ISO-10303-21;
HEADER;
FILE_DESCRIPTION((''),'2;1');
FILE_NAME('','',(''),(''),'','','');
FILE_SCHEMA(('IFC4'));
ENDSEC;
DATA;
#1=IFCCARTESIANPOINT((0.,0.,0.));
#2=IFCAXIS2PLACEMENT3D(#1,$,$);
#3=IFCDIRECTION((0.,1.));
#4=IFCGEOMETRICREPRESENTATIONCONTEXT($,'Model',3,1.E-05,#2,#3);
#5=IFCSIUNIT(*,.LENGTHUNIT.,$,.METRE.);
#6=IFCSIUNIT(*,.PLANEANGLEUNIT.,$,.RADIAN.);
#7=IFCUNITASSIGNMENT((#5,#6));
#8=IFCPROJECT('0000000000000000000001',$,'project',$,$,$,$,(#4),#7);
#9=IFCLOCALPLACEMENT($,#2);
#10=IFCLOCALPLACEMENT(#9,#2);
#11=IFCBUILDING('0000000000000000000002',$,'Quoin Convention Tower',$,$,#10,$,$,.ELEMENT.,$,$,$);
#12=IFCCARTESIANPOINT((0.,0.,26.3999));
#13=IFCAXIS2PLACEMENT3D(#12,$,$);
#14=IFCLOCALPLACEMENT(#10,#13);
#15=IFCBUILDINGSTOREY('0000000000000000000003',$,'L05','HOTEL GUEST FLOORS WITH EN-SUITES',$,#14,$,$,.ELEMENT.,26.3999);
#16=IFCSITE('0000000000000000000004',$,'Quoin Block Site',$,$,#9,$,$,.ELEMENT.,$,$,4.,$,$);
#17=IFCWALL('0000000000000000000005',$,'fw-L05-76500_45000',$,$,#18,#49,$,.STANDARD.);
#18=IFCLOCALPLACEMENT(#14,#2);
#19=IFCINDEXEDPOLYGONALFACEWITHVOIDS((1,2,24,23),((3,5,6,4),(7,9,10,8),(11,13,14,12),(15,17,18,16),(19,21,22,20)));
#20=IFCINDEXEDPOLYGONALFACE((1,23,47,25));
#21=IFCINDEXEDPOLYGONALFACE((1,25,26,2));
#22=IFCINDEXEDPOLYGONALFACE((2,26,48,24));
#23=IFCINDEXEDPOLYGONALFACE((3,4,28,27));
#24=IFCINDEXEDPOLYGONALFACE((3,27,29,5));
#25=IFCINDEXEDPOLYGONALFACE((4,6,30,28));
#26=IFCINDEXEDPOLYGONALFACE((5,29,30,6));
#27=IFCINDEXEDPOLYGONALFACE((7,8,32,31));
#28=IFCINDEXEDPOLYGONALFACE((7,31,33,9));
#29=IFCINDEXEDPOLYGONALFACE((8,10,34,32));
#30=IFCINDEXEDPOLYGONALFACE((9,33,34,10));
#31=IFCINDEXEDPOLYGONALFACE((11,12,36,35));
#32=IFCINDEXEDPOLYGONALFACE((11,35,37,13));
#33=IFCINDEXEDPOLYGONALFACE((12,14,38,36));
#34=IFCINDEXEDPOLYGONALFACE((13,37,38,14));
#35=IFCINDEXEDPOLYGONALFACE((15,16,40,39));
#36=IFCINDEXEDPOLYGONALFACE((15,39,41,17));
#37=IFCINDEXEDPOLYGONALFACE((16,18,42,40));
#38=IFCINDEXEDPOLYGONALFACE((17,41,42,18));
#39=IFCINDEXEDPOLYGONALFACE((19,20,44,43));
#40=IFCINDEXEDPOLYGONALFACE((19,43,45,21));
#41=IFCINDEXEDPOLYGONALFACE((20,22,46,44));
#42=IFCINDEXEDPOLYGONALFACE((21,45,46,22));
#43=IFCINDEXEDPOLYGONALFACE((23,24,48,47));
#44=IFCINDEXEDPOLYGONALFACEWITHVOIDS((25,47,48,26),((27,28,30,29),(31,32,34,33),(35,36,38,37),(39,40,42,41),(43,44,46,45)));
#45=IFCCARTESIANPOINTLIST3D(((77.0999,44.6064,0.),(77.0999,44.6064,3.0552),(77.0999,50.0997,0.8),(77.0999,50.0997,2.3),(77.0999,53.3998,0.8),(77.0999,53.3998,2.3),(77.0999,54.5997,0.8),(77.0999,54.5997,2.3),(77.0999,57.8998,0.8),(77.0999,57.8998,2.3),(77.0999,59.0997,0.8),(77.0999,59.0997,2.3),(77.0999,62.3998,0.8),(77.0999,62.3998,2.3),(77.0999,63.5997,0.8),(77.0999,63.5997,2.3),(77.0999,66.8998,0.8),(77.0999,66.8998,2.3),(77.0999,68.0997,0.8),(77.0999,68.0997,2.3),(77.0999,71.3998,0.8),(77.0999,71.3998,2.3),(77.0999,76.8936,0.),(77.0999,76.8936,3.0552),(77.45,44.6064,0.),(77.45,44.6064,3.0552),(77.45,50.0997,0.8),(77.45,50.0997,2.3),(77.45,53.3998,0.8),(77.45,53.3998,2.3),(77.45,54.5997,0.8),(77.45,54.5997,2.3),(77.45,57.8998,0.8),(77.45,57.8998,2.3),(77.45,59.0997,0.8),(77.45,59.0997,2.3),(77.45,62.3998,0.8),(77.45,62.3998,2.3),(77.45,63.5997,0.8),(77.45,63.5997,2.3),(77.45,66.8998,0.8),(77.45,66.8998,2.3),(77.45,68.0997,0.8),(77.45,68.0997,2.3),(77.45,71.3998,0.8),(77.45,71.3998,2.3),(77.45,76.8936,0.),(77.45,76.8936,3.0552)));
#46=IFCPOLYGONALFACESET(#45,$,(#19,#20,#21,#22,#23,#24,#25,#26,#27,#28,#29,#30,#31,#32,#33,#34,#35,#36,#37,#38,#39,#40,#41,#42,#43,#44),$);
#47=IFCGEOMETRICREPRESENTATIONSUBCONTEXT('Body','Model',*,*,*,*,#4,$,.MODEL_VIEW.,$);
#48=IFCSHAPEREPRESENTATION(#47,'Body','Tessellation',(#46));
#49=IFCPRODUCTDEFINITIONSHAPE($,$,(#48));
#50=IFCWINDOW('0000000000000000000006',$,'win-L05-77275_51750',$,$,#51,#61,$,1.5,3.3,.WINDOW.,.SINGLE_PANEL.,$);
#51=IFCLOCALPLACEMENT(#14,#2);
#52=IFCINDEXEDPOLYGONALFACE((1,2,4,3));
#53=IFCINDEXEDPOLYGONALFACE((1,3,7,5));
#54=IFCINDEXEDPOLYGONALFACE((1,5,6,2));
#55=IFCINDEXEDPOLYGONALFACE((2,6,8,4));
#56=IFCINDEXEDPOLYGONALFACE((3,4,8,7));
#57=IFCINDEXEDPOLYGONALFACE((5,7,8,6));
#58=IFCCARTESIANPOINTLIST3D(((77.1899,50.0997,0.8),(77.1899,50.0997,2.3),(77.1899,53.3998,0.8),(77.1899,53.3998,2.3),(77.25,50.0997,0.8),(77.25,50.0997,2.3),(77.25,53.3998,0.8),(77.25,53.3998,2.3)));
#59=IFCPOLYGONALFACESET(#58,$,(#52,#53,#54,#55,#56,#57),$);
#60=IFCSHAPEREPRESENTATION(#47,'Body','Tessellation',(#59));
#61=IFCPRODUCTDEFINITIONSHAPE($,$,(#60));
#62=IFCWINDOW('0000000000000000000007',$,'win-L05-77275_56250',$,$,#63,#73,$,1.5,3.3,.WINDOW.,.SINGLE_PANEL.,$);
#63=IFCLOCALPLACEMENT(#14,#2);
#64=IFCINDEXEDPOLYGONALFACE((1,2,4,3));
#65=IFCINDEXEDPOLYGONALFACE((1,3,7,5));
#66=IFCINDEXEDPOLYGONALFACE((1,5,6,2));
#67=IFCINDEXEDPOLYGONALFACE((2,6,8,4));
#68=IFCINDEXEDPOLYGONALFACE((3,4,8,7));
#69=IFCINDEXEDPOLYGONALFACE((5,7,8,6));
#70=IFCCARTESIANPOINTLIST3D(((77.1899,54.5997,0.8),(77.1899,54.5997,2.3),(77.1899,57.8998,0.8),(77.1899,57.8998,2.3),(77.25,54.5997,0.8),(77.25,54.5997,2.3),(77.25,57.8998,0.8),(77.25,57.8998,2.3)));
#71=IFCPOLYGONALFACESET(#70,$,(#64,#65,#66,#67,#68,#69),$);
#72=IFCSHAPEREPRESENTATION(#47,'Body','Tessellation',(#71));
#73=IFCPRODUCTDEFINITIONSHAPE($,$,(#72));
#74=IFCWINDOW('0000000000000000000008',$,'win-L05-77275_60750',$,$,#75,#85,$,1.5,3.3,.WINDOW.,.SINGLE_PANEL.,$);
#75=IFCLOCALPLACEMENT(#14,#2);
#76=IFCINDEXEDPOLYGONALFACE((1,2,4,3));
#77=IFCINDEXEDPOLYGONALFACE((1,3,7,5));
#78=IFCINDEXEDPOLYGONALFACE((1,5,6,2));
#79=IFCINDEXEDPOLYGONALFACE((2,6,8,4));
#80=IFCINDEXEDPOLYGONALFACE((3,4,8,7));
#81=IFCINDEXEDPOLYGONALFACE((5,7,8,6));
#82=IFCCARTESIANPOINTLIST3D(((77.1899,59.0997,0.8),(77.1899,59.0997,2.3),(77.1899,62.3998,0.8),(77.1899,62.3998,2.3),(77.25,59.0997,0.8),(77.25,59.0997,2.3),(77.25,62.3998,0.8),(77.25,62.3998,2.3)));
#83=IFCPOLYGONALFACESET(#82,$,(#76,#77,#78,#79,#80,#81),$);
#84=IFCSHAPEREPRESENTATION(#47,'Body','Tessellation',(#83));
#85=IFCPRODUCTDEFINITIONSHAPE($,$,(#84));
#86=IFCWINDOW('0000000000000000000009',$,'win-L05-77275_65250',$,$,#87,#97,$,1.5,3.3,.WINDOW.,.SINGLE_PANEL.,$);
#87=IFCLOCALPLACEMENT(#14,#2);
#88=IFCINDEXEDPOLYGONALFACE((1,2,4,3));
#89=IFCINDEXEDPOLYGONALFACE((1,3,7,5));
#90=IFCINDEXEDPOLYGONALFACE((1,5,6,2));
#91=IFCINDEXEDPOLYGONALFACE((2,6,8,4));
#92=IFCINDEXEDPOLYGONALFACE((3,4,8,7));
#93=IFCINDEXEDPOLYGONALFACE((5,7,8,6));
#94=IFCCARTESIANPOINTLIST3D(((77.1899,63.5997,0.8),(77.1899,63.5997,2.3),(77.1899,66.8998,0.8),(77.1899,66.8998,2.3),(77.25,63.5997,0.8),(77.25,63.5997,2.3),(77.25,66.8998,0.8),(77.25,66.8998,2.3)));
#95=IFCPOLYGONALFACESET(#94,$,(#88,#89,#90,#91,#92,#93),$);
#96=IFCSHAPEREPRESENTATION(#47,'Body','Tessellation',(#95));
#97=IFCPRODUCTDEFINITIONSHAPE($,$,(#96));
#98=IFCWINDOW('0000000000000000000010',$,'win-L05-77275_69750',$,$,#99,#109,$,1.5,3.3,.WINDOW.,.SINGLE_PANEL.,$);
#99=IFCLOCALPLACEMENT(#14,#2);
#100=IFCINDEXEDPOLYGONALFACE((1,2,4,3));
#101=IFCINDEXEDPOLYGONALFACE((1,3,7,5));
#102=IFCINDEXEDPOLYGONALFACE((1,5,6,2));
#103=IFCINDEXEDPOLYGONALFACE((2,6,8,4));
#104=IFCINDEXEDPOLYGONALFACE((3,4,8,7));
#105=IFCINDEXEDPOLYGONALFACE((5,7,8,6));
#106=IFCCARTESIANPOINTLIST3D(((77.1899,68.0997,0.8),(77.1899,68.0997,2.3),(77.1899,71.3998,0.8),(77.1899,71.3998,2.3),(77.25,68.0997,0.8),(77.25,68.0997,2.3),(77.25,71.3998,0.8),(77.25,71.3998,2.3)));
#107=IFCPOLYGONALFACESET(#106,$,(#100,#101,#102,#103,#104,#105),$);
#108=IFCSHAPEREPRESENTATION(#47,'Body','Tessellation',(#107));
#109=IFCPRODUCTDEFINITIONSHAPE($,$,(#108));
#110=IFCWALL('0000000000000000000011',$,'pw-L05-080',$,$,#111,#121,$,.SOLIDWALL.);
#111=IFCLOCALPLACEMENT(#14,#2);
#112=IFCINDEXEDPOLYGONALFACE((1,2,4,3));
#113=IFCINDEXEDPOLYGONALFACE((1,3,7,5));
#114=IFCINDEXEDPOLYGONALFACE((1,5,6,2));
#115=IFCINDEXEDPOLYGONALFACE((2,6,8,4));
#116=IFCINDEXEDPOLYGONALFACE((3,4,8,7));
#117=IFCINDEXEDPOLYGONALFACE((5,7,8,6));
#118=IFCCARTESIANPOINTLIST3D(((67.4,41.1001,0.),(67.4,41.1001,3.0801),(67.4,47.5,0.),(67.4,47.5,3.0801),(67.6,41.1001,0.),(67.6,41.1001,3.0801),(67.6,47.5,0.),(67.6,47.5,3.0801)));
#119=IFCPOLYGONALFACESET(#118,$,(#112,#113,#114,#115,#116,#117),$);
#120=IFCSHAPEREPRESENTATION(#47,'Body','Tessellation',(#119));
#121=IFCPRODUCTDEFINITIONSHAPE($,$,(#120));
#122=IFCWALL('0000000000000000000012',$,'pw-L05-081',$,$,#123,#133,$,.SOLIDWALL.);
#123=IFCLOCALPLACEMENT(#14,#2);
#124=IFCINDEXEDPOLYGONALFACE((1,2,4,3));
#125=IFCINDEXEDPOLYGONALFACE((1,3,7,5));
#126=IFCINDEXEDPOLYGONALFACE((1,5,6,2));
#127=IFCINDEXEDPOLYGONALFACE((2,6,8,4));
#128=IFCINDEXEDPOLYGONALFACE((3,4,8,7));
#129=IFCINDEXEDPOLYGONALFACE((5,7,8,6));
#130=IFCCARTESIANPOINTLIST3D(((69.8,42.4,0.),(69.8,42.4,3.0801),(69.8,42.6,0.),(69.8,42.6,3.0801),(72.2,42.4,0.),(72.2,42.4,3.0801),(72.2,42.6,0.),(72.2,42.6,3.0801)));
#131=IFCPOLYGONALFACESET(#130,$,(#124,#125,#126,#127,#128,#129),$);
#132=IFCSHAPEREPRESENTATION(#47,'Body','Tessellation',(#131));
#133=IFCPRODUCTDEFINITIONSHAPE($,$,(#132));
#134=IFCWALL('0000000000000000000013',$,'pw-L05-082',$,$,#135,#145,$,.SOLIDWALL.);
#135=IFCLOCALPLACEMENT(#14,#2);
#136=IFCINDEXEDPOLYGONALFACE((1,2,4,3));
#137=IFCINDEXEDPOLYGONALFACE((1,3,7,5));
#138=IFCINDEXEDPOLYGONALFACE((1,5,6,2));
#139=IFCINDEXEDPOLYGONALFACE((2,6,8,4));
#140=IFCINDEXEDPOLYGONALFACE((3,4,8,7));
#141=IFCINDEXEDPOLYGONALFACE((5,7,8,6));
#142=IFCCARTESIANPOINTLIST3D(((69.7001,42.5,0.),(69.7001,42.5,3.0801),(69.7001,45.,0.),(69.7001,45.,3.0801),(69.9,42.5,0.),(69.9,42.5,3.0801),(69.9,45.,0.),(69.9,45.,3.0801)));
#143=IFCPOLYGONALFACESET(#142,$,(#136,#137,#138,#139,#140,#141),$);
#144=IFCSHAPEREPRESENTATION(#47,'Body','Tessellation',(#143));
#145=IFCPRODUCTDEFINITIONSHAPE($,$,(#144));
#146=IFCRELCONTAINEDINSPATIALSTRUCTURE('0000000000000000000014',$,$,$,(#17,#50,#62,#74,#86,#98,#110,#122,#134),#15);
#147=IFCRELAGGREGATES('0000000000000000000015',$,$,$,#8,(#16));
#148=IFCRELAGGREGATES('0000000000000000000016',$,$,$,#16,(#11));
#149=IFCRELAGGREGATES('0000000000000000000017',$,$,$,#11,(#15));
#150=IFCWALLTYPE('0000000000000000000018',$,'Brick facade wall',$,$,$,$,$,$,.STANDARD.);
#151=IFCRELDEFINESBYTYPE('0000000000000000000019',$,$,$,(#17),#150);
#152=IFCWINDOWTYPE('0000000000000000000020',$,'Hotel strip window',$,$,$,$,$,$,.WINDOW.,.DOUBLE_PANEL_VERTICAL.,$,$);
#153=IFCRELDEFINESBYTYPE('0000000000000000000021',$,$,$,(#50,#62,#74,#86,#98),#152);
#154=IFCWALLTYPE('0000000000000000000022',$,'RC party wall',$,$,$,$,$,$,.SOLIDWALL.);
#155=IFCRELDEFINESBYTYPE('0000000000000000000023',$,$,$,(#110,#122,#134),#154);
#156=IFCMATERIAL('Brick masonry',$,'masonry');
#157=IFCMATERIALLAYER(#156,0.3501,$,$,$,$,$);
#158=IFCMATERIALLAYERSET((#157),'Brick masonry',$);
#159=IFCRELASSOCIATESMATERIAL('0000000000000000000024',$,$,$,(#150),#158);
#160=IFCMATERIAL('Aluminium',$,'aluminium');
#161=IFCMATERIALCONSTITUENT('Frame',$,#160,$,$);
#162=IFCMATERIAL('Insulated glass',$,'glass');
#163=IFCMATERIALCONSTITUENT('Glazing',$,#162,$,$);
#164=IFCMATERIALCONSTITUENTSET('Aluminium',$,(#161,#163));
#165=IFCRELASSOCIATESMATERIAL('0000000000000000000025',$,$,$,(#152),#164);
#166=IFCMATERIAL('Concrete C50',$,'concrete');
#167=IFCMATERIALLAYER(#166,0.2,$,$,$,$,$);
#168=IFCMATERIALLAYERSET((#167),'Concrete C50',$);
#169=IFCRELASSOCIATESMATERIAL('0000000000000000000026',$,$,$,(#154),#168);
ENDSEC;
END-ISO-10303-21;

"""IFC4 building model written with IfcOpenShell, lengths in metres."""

from ifc_helpers import new_model, si_unit, direction, frame, frame_2d, origin, place, context, subcontext, project, spatial, rectangle, extrude, material, layer, layer_set, constituent, constituent_set, type_object, element, fill, save


model = new_model("IFC4")

# Units and contexts
model_context = context("Model", 3, precision=1e-05, world=origin(), true_north=direction((0.0, 1.0)))
body_context = subcontext(model_context, "Body", "Model", "MODEL_VIEW")
ifc_project = project(units=[si_unit("LENGTHUNIT", "METRE"), si_unit("PLANEANGLEUNIT", "RADIAN")], contexts=[model_context])

# Site, building, storey
site_placement = place(None, origin())
site = spatial("IfcSite", under=ifc_project, at=site_placement, Name="Quoin Block Site", CompositionType="ELEMENT", RefElevation=4.0)
building_placement = place(site_placement, origin())
building = spatial("IfcBuilding", under=site, at=building_placement, Name="Quoin Convention Tower", CompositionType="ELEMENT")
storey_placement = place(building_placement, frame((0.0, 0.0, 26.3999)))
storey = spatial("IfcBuildingStorey", under=building, at=storey_placement, Name="L05", Description="HOTEL GUEST FLOORS WITH EN-SUITES", CompositionType="ELEMENT", Elevation=26.3999)

# Shared definitions
ifc_material_1 = material(Name="Brick masonry", Category="masonry")
ifc_layer_1 = layer(ifc_material_1, 0.3501)
ifc_layer_set_1 = layer_set([ifc_layer_1], Name="Brick masonry")
wall_type_1 = type_object("IfcWallType", Name="Brick facade wall", PredefinedType="STANDARD", material=ifc_layer_set_1)
ifc_material_2 = material(Name="Aluminium", Category="aluminium")
ifc_constituent_1 = constituent(ifc_material_2, Name="Frame")
ifc_material_3 = material(Name="Insulated glass", Category="glass")
ifc_constituent_2 = constituent(ifc_material_3, Name="Glazing")
ifc_constituent_set = constituent_set(constituents=[ifc_constituent_1, ifc_constituent_2], Name="Aluminium")
window_type = type_object("IfcWindowType", Name="Hotel strip window", PartitioningType="DOUBLE_PANEL_VERTICAL", PredefinedType="WINDOW", material=ifc_constituent_set)

# Wall, openings, windows
wall_1_placement = place(storey_placement, frame((77.2749, 44.6064, 0.0), z_axis=(0.0, 0.0, 1.0), x_axis=(0.0, 1.0, 0.0)))
wall_1 = element("IfcWall", 1, at=wall_1_placement, inside=storey, type_object=wall_type_1, Name="fw-L05-76500_45000", PredefinedType="STANDARD", context=body_context, shape_type="SweptSolid", body=[
    extrude(rectangle(XDim=32.2871, YDim=0.3501, at=frame_2d((16.1436, 0.0))), origin(), (0.0, 0.0, 1.0), 3.0552),
])
opening_1_placement = place(wall_1_placement, frame((5.4934, 0.0, 0.8)))
opening_1 = element("IfcOpeningElement", 2, at=opening_1_placement, cuts=wall_1, PredefinedType="OPENING", context=body_context, shape_type="SweptSolid", body=[
    extrude(rectangle(XDim=3.3, YDim=1.5, at=frame_2d((1.6499, 0.75))), frame((0.0, 0.1851, 0.0), z_axis=(0.0, -1.0, 0.0), x_axis=(1.0, 0.0, 0.0)), (0.0, 0.0, 1.0), 0.3701),
])
opening_2_placement = place(wall_1_placement, frame((9.9934, 0.0, 0.8)))
opening_2 = element("IfcOpeningElement", 3, at=opening_2_placement, cuts=wall_1, PredefinedType="OPENING", context=body_context, shape_type="SweptSolid", body=[
    extrude(rectangle(XDim=3.3, YDim=1.5, at=frame_2d((1.6499, 0.75))), frame((0.0, 0.1851, 0.0), z_axis=(0.0, -1.0, 0.0), x_axis=(1.0, 0.0, 0.0)), (0.0, 0.0, 1.0), 0.3701),
])
opening_3_placement = place(wall_1_placement, frame((14.4934, 0.0, 0.8)))
opening_3 = element("IfcOpeningElement", 4, at=opening_3_placement, cuts=wall_1, PredefinedType="OPENING", context=body_context, shape_type="SweptSolid", body=[
    extrude(rectangle(XDim=3.3, YDim=1.5, at=frame_2d((1.6499, 0.75))), frame((0.0, 0.1851, 0.0), z_axis=(0.0, -1.0, 0.0), x_axis=(1.0, 0.0, 0.0)), (0.0, 0.0, 1.0), 0.3701),
])
opening_4_placement = place(wall_1_placement, frame((18.9934, 0.0, 0.8)))
opening_4 = element("IfcOpeningElement", 5, at=opening_4_placement, cuts=wall_1, PredefinedType="OPENING", context=body_context, shape_type="SweptSolid", body=[
    extrude(rectangle(XDim=3.3, YDim=1.5, at=frame_2d((1.6499, 0.75))), frame((0.0, 0.1851, 0.0), z_axis=(0.0, -1.0, 0.0), x_axis=(1.0, 0.0, 0.0)), (0.0, 0.0, 1.0), 0.3701),
])
opening_5_placement = place(wall_1_placement, frame((23.4934, 0.0, 0.8)))
opening_5 = element("IfcOpeningElement", 6, at=opening_5_placement, cuts=wall_1, PredefinedType="OPENING", context=body_context, shape_type="SweptSolid", body=[
    extrude(rectangle(XDim=3.3, YDim=1.5, at=frame_2d((1.6499, 0.75))), frame((0.0, 0.1851, 0.0), z_axis=(0.0, -1.0, 0.0), x_axis=(1.0, 0.0, 0.0)), (0.0, 0.0, 1.0), 0.3701),
])
window_1_placement = place(opening_1_placement, origin())
window_1 = element("IfcWindow", 7, at=window_1_placement, inside=storey, type_object=window_type, Name="win-L05-77275_51750", OverallHeight=1.5, OverallWidth=3.3, PartitioningType="SINGLE_PANEL", PredefinedType="WINDOW", context=body_context, shape_type="SweptSolid", body=[
    extrude(rectangle(XDim=3.3, YDim=1.5, at=frame_2d((1.6499, 0.75))), frame((0.0, 0.085, 0.0), z_axis=(0.0, -1.0, 0.0), x_axis=(1.0, 0.0, 0.0)), (0.0, 0.0, 1.0), 0.0601),
])
fill(opening_1, window_1)
window_2_placement = place(opening_2_placement, origin())
window_2 = element("IfcWindow", 8, at=window_2_placement, inside=storey, type_object=window_type, Name="win-L05-77275_56250", OverallHeight=1.5, OverallWidth=3.3, PartitioningType="SINGLE_PANEL", PredefinedType="WINDOW", context=body_context, shape_type="SweptSolid", body=[
    extrude(rectangle(XDim=3.3, YDim=1.5, at=frame_2d((1.6499, 0.75))), frame((0.0, 0.085, 0.0), z_axis=(0.0, -1.0, 0.0), x_axis=(1.0, 0.0, 0.0)), (0.0, 0.0, 1.0), 0.0601),
])
fill(opening_2, window_2)
window_3_placement = place(opening_3_placement, origin())
window_3 = element("IfcWindow", 9, at=window_3_placement, inside=storey, type_object=window_type, Name="win-L05-77275_60750", OverallHeight=1.5, OverallWidth=3.3, PartitioningType="SINGLE_PANEL", PredefinedType="WINDOW", context=body_context, shape_type="SweptSolid", body=[
    extrude(rectangle(XDim=3.3, YDim=1.5, at=frame_2d((1.6499, 0.75))), frame((0.0, 0.085, 0.0), z_axis=(0.0, -1.0, 0.0), x_axis=(1.0, 0.0, 0.0)), (0.0, 0.0, 1.0), 0.0601),
])
fill(opening_3, window_3)
window_4_placement = place(opening_4_placement, origin())
window_4 = element("IfcWindow", 10, at=window_4_placement, inside=storey, type_object=window_type, Name="win-L05-77275_65250", OverallHeight=1.5, OverallWidth=3.3, PartitioningType="SINGLE_PANEL", PredefinedType="WINDOW", context=body_context, shape_type="SweptSolid", body=[
    extrude(rectangle(XDim=3.3, YDim=1.5, at=frame_2d((1.6499, 0.75))), frame((0.0, 0.085, 0.0), z_axis=(0.0, -1.0, 0.0), x_axis=(1.0, 0.0, 0.0)), (0.0, 0.0, 1.0), 0.0601),
])
fill(opening_4, window_4)
window_5_placement = place(opening_5_placement, origin())
window_5 = element("IfcWindow", 11, at=window_5_placement, inside=storey, type_object=window_type, Name="win-L05-77275_69750", OverallHeight=1.5, OverallWidth=3.3, PartitioningType="SINGLE_PANEL", PredefinedType="WINDOW", context=body_context, shape_type="SweptSolid", body=[
    extrude(rectangle(XDim=3.3, YDim=1.5, at=frame_2d((1.6499, 0.75))), frame((0.0, 0.085, 0.0), z_axis=(0.0, -1.0, 0.0), x_axis=(1.0, 0.0, 0.0)), (0.0, 0.0, 1.0), 0.0601),
])
fill(opening_5, window_5)

# Walls
ifc_material_4 = material(Name="Concrete C50", Category="concrete")
ifc_layer_2 = layer(ifc_material_4, 0.2)
ifc_layer_set_2 = layer_set([ifc_layer_2], Name="Concrete C50")
wall_type_2 = type_object("IfcWallType", Name="RC party wall", PredefinedType="SOLIDWALL", material=ifc_layer_set_2)
wall_2_placement = place(storey_placement, frame((67.5, 41.1001, 0.0), z_axis=(0.0, 0.0, 1.0), x_axis=(0.0, 1.0, 0.0)))
element("IfcWall", 12, at=wall_2_placement, inside=storey, type_object=wall_type_2, Name="pw-L05-080", PredefinedType="SOLIDWALL", context=body_context, shape_type="SweptSolid", body=[
    extrude(rectangle(XDim=6.3999, YDim=0.2, at=frame_2d((3.2, 0.0))), origin(), (0.0, 0.0, 1.0), 3.0801),
])
wall_3_placement = place(storey_placement, frame((69.8, 42.5, 0.0), z_axis=(0.0, 0.0, 1.0), x_axis=(1.0, 0.0, 0.0)))
element("IfcWall", 13, at=wall_3_placement, inside=storey, type_object=wall_type_2, Name="pw-L05-081", PredefinedType="SOLIDWALL", context=body_context, shape_type="SweptSolid", body=[
    extrude(rectangle(XDim=2.3999, YDim=0.2, at=frame_2d((1.2, 0.0))), origin(), (0.0, 0.0, 1.0), 3.0801),
])
wall_4_placement = place(storey_placement, frame((69.8, 42.5, 0.0), z_axis=(0.0, 0.0, 1.0), x_axis=(0.0, 1.0, 0.0)))
element("IfcWall", 14, at=wall_4_placement, inside=storey, type_object=wall_type_2, Name="pw-L05-082", PredefinedType="SOLIDWALL", context=body_context, shape_type="SweptSolid", body=[
    extrude(rectangle(XDim=2.5, YDim=0.2, at=frame_2d((1.25, 0.0))), origin(), (0.0, 0.0, 1.0), 3.0801),
])

save(model, "model.ifc")
